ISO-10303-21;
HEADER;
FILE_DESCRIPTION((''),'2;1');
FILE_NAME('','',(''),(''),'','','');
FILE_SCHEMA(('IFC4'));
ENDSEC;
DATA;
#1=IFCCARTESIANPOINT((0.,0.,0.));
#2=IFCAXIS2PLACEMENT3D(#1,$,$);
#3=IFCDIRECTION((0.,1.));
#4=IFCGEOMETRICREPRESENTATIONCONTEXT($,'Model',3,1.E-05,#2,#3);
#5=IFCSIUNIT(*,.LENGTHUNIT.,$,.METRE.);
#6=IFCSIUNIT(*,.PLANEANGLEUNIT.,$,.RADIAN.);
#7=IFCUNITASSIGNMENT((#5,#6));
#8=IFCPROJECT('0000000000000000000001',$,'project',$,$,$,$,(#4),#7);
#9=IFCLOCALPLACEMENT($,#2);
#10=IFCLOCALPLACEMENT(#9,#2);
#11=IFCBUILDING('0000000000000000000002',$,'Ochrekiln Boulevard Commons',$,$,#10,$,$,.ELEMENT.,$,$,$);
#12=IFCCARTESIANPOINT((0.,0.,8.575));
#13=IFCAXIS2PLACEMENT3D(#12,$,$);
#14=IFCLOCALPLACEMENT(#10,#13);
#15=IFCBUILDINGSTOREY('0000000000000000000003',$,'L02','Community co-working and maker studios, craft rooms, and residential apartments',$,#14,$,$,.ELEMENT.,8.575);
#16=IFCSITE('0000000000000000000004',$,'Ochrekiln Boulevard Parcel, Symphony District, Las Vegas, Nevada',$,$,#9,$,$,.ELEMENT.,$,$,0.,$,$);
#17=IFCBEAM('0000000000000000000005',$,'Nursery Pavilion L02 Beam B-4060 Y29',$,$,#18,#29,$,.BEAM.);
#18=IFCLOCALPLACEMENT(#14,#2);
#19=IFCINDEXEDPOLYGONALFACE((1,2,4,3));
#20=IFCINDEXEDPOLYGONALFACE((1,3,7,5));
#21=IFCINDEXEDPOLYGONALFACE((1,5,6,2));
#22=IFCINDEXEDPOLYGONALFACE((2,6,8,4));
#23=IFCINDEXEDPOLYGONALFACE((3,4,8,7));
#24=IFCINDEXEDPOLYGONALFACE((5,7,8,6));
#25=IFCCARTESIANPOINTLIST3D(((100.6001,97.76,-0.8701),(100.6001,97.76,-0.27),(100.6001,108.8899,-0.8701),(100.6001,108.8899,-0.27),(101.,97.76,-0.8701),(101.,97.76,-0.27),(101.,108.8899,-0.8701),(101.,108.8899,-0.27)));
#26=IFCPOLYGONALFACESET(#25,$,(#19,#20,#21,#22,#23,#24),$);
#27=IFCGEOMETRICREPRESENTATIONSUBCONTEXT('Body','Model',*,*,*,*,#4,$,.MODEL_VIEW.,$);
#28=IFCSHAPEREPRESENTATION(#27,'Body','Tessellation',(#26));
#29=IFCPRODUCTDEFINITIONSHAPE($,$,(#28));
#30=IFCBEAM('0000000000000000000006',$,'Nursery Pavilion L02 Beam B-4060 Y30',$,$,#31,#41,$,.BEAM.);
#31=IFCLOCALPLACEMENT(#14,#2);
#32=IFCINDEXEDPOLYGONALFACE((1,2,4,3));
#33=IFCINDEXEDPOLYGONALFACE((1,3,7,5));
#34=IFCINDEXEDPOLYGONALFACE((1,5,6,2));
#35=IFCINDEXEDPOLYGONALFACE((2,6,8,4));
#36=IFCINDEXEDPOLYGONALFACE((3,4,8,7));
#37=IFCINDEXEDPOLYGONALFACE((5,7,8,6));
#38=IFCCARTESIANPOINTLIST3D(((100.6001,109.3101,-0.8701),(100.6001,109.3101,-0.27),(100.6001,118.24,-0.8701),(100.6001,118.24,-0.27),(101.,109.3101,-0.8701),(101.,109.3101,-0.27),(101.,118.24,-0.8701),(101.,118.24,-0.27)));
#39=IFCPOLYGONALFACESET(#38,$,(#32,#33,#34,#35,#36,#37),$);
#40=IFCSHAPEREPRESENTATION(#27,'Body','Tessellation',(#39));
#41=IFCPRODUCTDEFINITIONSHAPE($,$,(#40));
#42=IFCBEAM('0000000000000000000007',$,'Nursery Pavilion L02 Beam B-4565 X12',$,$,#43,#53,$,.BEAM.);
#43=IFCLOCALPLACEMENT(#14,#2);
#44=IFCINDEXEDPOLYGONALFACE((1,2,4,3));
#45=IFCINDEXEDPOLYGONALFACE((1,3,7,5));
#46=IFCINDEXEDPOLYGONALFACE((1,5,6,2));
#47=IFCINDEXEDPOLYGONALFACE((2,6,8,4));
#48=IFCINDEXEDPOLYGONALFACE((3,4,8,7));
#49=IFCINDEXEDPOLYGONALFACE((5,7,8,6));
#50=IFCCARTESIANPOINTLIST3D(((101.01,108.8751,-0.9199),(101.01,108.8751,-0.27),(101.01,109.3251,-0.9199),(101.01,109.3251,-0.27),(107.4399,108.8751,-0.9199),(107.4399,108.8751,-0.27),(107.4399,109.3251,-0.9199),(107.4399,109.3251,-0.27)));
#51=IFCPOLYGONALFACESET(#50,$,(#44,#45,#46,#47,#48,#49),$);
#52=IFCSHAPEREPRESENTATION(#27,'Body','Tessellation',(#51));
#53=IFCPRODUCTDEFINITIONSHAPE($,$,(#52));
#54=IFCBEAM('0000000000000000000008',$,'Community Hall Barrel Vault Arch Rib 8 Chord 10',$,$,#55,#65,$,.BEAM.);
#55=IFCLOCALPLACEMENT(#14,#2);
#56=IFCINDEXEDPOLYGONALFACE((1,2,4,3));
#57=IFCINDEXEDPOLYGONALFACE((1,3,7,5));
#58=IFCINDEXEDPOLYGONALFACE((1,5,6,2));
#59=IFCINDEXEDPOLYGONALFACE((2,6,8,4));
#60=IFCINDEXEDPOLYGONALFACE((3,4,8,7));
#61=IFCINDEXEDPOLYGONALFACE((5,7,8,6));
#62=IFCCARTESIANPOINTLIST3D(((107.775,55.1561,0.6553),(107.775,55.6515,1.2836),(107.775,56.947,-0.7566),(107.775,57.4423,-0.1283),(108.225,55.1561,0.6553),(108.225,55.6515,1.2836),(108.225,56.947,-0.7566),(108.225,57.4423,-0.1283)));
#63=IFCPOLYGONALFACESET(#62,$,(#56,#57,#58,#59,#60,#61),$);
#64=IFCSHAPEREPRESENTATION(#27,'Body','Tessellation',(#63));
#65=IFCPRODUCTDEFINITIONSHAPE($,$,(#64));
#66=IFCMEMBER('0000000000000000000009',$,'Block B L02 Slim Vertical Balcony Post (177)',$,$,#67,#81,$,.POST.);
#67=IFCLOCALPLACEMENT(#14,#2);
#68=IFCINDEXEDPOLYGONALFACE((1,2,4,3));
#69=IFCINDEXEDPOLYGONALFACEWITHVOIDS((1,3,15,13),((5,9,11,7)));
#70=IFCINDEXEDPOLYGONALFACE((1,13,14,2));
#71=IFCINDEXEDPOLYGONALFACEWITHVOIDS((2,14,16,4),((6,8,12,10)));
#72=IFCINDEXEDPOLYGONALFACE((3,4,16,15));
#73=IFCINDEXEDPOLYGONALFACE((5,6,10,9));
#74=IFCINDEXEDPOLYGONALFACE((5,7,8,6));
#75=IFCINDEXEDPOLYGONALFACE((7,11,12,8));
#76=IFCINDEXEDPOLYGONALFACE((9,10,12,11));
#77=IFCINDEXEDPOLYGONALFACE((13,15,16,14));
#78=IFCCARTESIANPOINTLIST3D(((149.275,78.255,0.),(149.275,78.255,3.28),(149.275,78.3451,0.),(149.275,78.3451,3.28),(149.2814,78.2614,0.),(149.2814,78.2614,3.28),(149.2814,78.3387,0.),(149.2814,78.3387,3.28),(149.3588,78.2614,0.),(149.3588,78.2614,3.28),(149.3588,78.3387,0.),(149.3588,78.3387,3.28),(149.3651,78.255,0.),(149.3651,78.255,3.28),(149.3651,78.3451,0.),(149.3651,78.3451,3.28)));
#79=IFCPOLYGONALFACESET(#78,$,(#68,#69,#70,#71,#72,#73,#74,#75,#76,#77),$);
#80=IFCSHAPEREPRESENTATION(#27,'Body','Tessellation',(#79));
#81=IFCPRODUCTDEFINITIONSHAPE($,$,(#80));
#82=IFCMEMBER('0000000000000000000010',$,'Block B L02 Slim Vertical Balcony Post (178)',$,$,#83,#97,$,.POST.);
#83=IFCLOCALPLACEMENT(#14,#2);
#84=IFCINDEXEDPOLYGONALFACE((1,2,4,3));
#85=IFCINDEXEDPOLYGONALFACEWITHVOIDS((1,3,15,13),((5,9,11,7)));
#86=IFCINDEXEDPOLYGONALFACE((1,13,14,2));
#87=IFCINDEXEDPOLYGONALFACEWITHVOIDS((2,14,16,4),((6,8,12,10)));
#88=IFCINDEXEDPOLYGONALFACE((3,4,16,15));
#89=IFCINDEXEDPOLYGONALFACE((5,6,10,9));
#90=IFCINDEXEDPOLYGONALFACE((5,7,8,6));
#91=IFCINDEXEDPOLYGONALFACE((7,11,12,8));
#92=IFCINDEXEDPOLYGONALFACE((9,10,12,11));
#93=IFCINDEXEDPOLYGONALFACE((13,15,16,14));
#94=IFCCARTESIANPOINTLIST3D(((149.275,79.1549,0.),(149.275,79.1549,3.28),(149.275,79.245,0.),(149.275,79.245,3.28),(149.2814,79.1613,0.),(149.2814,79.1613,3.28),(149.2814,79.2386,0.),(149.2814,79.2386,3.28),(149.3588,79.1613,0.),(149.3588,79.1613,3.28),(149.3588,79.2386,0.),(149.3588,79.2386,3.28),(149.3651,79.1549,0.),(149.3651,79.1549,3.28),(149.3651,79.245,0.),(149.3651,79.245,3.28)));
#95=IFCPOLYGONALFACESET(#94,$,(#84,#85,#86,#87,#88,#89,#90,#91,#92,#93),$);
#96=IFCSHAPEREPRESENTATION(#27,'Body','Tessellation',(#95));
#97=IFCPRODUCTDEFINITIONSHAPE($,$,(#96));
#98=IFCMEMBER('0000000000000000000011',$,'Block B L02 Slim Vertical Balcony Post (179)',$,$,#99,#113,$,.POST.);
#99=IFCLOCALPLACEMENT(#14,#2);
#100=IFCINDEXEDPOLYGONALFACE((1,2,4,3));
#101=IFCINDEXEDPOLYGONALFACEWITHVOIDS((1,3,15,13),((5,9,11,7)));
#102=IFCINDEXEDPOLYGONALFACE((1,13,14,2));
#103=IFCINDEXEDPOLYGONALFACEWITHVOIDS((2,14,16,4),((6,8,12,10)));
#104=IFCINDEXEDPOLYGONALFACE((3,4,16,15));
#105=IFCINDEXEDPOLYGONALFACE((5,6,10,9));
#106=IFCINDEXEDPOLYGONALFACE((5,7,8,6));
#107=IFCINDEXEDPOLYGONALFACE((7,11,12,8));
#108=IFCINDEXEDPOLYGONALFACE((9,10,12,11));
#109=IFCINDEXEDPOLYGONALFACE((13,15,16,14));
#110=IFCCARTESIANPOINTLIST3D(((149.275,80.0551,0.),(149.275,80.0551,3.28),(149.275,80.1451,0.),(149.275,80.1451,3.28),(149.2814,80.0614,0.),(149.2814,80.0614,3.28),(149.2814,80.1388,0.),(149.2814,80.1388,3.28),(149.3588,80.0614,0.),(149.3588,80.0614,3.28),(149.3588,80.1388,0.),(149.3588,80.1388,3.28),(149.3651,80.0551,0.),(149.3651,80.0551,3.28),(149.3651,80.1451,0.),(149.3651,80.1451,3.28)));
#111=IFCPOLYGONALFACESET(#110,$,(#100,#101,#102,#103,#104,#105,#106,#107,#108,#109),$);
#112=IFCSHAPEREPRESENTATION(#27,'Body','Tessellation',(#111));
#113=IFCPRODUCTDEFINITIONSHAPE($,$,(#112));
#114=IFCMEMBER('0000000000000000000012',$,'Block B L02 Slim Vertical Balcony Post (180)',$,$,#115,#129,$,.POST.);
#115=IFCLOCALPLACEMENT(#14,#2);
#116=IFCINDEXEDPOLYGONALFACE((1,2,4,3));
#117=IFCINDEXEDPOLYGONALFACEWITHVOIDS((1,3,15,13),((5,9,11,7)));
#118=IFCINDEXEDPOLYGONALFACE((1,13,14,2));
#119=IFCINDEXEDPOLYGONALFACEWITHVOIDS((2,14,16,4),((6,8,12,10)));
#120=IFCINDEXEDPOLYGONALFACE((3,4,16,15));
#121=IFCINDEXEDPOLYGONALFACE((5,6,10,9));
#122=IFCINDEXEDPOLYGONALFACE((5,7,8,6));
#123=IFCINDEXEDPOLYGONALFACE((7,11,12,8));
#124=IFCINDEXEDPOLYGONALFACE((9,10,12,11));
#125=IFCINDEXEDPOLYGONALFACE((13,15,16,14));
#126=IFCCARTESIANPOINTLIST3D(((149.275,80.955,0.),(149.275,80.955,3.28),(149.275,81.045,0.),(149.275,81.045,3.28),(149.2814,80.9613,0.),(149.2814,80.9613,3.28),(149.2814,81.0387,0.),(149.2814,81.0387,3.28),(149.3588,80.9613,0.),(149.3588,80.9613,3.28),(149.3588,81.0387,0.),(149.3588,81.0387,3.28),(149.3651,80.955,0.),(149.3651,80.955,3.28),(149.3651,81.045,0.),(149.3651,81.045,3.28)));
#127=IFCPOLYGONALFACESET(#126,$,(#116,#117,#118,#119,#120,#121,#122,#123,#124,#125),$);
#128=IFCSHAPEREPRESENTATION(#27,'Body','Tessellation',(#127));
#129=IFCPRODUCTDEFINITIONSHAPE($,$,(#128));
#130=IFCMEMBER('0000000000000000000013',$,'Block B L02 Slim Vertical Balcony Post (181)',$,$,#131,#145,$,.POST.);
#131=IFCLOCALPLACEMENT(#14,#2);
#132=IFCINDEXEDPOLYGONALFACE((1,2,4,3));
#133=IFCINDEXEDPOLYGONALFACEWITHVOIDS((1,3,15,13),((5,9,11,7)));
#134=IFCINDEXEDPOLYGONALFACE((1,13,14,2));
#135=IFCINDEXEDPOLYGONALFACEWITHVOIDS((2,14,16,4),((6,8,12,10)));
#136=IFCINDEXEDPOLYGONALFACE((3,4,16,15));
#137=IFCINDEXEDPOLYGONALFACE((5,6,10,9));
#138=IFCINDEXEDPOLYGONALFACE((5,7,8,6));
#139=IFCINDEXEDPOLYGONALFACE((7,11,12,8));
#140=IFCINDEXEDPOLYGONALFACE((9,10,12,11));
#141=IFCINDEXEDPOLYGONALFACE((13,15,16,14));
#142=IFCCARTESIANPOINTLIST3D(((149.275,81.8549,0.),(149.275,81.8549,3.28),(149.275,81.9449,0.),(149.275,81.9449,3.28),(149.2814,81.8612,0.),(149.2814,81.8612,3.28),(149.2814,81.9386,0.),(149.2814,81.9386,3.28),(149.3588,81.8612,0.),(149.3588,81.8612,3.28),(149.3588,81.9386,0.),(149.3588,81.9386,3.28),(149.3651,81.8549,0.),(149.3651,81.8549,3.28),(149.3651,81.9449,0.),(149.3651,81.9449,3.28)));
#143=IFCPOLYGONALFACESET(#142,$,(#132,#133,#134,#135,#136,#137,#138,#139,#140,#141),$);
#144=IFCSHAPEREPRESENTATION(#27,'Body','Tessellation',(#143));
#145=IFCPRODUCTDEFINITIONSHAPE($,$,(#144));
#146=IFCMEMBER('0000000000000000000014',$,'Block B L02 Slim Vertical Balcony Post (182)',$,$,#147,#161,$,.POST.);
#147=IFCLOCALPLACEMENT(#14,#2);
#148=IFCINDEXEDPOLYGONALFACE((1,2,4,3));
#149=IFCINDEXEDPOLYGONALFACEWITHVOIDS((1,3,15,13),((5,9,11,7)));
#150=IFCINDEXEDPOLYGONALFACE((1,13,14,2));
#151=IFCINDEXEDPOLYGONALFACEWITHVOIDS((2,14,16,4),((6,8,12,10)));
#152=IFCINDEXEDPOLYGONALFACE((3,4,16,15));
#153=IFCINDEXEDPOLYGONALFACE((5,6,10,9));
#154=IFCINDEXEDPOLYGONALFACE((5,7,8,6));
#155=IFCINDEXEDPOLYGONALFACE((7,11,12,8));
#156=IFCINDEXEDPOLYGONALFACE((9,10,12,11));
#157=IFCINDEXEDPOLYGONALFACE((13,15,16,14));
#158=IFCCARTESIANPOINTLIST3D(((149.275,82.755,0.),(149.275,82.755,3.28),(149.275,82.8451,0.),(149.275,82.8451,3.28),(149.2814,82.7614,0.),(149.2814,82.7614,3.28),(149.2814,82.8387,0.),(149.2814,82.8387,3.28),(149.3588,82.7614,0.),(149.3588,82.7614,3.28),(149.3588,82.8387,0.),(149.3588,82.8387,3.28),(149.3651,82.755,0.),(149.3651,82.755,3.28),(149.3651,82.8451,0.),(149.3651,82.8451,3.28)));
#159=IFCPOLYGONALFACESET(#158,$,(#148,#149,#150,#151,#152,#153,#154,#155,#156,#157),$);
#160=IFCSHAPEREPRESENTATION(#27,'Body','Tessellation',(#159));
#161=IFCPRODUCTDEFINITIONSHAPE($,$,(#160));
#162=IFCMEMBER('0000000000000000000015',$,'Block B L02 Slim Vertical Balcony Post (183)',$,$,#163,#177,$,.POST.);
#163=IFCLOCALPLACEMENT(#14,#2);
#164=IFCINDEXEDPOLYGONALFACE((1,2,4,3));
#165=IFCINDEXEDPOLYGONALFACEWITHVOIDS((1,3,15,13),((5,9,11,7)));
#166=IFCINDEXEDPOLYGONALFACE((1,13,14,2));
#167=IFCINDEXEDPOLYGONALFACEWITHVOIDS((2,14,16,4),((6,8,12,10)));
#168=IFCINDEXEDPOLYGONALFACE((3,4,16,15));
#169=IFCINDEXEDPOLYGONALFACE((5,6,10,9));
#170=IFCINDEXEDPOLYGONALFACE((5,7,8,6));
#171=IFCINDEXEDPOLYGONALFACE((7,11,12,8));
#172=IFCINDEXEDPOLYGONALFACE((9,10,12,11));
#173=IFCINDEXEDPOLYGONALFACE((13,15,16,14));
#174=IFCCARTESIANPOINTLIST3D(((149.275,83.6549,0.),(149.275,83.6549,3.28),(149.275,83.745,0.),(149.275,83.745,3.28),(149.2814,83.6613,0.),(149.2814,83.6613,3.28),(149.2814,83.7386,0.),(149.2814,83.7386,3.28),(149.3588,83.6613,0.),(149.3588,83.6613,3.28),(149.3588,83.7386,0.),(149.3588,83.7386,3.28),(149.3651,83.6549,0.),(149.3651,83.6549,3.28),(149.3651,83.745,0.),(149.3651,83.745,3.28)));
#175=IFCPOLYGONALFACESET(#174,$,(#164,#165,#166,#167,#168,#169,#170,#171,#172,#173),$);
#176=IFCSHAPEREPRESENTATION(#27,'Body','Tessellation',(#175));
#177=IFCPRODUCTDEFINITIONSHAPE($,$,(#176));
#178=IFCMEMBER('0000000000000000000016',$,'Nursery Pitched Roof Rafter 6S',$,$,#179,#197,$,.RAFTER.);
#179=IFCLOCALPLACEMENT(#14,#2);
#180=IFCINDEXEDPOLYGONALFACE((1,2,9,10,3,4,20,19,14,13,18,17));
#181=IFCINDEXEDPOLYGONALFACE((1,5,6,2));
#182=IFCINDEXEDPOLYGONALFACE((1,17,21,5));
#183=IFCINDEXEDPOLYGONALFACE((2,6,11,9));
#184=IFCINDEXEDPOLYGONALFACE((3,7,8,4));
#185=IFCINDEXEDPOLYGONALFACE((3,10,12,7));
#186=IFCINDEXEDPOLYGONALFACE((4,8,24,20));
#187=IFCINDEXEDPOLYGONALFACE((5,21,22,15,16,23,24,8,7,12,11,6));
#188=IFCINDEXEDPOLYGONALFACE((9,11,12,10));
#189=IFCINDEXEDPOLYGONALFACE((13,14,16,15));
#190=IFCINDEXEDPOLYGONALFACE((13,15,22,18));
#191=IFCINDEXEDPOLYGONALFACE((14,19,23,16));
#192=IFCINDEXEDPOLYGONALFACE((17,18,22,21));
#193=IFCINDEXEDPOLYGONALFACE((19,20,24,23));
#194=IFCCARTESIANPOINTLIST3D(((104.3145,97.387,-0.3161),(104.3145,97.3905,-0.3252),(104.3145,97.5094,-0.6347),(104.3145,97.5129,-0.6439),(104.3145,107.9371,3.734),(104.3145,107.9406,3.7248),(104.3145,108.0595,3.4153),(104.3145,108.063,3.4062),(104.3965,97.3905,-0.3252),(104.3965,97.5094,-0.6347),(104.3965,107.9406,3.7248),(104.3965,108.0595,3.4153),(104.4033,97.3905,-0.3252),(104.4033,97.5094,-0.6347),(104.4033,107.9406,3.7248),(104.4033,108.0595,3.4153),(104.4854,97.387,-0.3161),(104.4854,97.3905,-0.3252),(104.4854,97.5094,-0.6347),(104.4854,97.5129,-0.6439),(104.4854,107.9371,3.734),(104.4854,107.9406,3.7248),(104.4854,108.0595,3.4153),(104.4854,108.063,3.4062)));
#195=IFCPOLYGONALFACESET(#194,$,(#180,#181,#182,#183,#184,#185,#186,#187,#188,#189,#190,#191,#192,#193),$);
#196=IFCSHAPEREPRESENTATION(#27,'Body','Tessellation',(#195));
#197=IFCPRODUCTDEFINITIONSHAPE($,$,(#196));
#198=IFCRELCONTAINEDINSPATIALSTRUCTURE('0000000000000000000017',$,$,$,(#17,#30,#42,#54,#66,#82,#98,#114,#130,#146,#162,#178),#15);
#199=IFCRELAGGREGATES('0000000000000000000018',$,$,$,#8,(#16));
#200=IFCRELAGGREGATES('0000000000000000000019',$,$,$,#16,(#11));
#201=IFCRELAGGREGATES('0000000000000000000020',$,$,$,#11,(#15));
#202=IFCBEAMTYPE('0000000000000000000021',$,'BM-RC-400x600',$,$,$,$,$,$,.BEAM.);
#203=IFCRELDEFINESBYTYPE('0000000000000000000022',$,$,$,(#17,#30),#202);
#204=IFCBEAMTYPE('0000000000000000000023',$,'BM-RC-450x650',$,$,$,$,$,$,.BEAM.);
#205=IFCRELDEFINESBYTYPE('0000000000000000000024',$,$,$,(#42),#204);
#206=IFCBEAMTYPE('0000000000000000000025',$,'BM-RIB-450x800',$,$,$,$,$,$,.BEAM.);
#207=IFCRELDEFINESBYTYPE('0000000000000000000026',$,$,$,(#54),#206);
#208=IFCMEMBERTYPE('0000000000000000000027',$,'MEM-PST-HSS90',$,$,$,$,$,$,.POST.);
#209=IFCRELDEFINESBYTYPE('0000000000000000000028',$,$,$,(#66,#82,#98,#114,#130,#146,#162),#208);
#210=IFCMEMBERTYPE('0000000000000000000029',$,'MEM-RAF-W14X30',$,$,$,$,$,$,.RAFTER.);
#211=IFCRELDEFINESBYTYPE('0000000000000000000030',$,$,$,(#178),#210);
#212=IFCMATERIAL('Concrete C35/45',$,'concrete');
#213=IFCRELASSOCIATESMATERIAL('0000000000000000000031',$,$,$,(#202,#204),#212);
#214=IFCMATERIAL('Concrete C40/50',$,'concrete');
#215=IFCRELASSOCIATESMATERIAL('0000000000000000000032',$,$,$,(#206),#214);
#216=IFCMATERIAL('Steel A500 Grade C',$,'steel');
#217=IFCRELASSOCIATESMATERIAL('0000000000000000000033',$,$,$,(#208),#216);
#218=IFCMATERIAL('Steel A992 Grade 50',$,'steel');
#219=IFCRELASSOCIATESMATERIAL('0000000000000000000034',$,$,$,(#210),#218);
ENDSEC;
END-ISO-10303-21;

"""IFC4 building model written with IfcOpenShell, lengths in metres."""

from ifc_helpers import new_model, si_unit, direction, frame, origin, origin_2d, place, context, subcontext, project, spatial, rectangle, hollow_rectangle, i_section, extrude, material, material_profile, profile_set, type_object, element, save


model = new_model("IFC4")

# Units and contexts
model_context = context("Model", 3, precision=1e-05, world=origin(), true_north=direction((0.0, 1.0)))
body_context = subcontext(model_context, "Body", "Model", "MODEL_VIEW")
ifc_project = project(units=[si_unit("LENGTHUNIT", "METRE"), si_unit("PLANEANGLEUNIT", "RADIAN")], contexts=[model_context])

# Site, building, storey
site_placement = place(None, origin())
site = spatial("IfcSite", under=ifc_project, at=site_placement, Name="Ochrekiln Boulevard Parcel, Symphony District, Las Vegas, Nevada", CompositionType="ELEMENT", RefElevation=0.0)
building_placement = place(site_placement, origin())
building = spatial("IfcBuilding", under=site, at=building_placement, Name="Ochrekiln Boulevard Commons", CompositionType="ELEMENT")
storey_placement = place(building_placement, frame((0.0, 0.0, 8.575)))
storey = spatial("IfcBuildingStorey", under=building, at=storey_placement, Name="L02", Description="Community co-working and maker studios, craft rooms, and residential apartments", CompositionType="ELEMENT", Elevation=8.575)

# Beams
ifc_material_1 = material(Name="Concrete C35/45", Category="concrete")
ifc_material_profile_1 = material_profile(ifc_material_1, rectangle(XDim=0.3999, YDim=0.6001, at=origin_2d()), Name="RC-BM-400x600")
ifc_profile_set_1 = profile_set([ifc_material_profile_1], Name="Concrete C35/45")
beam_type_1 = type_object("IfcBeamType", Name="BM-RC-400x600", PredefinedType="BEAM", material=ifc_profile_set_1)
beam_1_placement = place(storey_placement, frame((100.8, 97.76, -0.5701), z_axis=(0.0, 1.0, 0.0), x_axis=(-1.0, 0.0, 0.0)))
element("IfcBeam", 1, at=beam_1_placement, inside=storey, type_object=beam_type_1, Name="Nursery Pavilion L02 Beam B-4060 Y29", PredefinedType="BEAM", context=body_context, shape_type="SweptSolid", body=[
    extrude(rectangle(XDim=0.3999, YDim=0.6001, at=origin_2d()), origin(), (0.0, 0.0, 1.0), 11.1299),
])
beam_2_placement = place(storey_placement, frame((100.8, 109.3101, -0.5701), z_axis=(0.0, 1.0, 0.0), x_axis=(-1.0, 0.0, 0.0)))
element("IfcBeam", 2, at=beam_2_placement, inside=storey, type_object=beam_type_1, Name="Nursery Pavilion L02 Beam B-4060 Y30", PredefinedType="BEAM", context=body_context, shape_type="SweptSolid", body=[
    extrude(rectangle(XDim=0.3999, YDim=0.6001, at=origin_2d()), origin(), (0.0, 0.0, 1.0), 8.9299),
])
ifc_material_profile_2 = material_profile(ifc_material_1, rectangle(XDim=0.45, YDim=0.6499, at=origin_2d()), Name="RC-BM-450x650")
ifc_profile_set_2 = profile_set([ifc_material_profile_2], Name="Concrete C35/45")
beam_type_2 = type_object("IfcBeamType", Name="BM-RC-450x650", PredefinedType="BEAM", material=ifc_profile_set_2)
beam_3_placement = place(storey_placement, frame((101.01, 109.1001, -0.595), z_axis=(1.0, 0.0, 0.0), x_axis=(0.0, 1.0, 0.0)))
element("IfcBeam", 3, at=beam_3_placement, inside=storey, type_object=beam_type_2, Name="Nursery Pavilion L02 Beam B-4565 X12", PredefinedType="BEAM", context=body_context, shape_type="SweptSolid", body=[
    extrude(rectangle(XDim=0.45, YDim=0.6499, at=origin_2d()), origin(), (0.0, 0.0, 1.0), 6.4299),
])
ifc_material_2 = material(Name="Concrete C40/50", Category="concrete")
ifc_material_profile_3 = material_profile(ifc_material_2, rectangle(XDim=0.45, YDim=0.8, at=origin_2d()), Name="RC-RIB-450x800")
ifc_profile_set_3 = profile_set([ifc_material_profile_3], Name="Concrete C40/50")
beam_type_3 = type_object("IfcBeamType", Name="BM-RIB-450x800", PredefinedType="BEAM", material=ifc_profile_set_3)
beam_4_placement = place(storey_placement, frame((108.0, 55.4038, 0.9695), z_axis=(0.0, 0.785288, -0.61913), x_axis=(-1.0, 0.0, 0.0)))
element("IfcBeam", 4, at=beam_4_placement, inside=storey, type_object=beam_type_3, Name="Community Hall Barrel Vault Arch Rib 8 Chord 10", PredefinedType="BEAM", context=body_context, shape_type="SweptSolid", body=[
    extrude(rectangle(XDim=0.45, YDim=0.8, at=origin_2d()), origin(), (0.0, 0.0, 1.0), 2.2805),
])

# Members
ifc_material_3 = material(Name="Steel A500 Grade C", Category="steel")
ifc_material_profile_4 = material_profile(ifc_material_3, hollow_rectangle(XDim=0.0901, YDim=0.0901, WallThickness=0.0063, at=origin_2d()), Name="HSS90X90X6.4")
ifc_profile_set_4 = profile_set([ifc_material_profile_4], Name="Steel A500 Grade C")
member_type_1 = type_object("IfcMemberType", Name="MEM-PST-HSS90", PredefinedType="POST", material=ifc_profile_set_4)
for number, where, z_axis, x_axis, name in (
    (5, (149.3201, 78.3, 0.0), (0.0, 0.0, 1.0), (1.0, 0.0, 0.0), "Block B L02 Slim Vertical Balcony Post (177)"),
    (6, (149.3201, 79.2, 0.0), (0.0, 0.0, 1.0), (1.0, 0.0, 0.0), "Block B L02 Slim Vertical Balcony Post (178)"),
    (7, (149.3201, 80.1001, 0.0), (0.0, 0.0, 1.0), (1.0, 0.0, 0.0), "Block B L02 Slim Vertical Balcony Post (179)"),
    (8, (149.3201, 81.0, 0.0), (0.0, 0.0, 1.0), (1.0, 0.0, 0.0), "Block B L02 Slim Vertical Balcony Post (180)"),
    (9, (149.3201, 81.8999, 0.0), (0.0, 0.0, 1.0), (1.0, 0.0, 0.0), "Block B L02 Slim Vertical Balcony Post (181)"),
    (10, (149.3201, 82.8, 0.0), (0.0, 0.0, 1.0), (1.0, 0.0, 0.0), "Block B L02 Slim Vertical Balcony Post (182)"),
    (11, (149.3201, 83.7, 0.0), (0.0, 0.0, 1.0), (1.0, 0.0, 0.0), "Block B L02 Slim Vertical Balcony Post (183)"),
):
    element("IfcMember", number, at=place(storey_placement, frame(where, z_axis=z_axis, x_axis=x_axis)), inside=storey, type_object=member_type_1, Name=name, PredefinedType="POST", context=body_context, shape_type="SweptSolid", body=[
        extrude(hollow_rectangle(XDim=0.0901, YDim=0.0901, WallThickness=0.0063, at=origin_2d()), origin(), (0.0, 0.0, 1.0), 3.28),
    ])
ifc_material_4 = material(Name="Steel A992 Grade 50", Category="steel")
ifc_material_profile_5 = material_profile(ifc_material_4, i_section(OverallWidth=0.1709, OverallDepth=0.3511, WebThickness=0.0068, FlangeThickness=0.0098, at=origin_2d()), Name="W14X30")
ifc_profile_set_5 = profile_set([ifc_material_profile_5], Name="Steel A992 Grade 50")
member_type_2 = type_object("IfcMemberType", Name="MEM-RAF-W14X30", PredefinedType="RAFTER", material=ifc_profile_set_5)
for number, where, z_axis, x_axis, name in (
    (12, (104.3999, 97.45, -0.48), (0.0, 0.933573, 0.358388), (-1.0, 0.0, 0.0), "Nursery Pitched Roof Rafter 6S"),
):
    element("IfcMember", number, at=place(storey_placement, frame(where, z_axis=z_axis, x_axis=x_axis)), inside=storey, type_object=member_type_2, Name=name, PredefinedType="RAFTER", context=body_context, shape_type="SweptSolid", body=[
        extrude(i_section(OverallWidth=0.1709, OverallDepth=0.3511, WebThickness=0.0068, FlangeThickness=0.0098, at=origin_2d()), origin(), (0.0, 0.0, 1.0), 11.3008),
    ])

save(model, "model.ifc")
